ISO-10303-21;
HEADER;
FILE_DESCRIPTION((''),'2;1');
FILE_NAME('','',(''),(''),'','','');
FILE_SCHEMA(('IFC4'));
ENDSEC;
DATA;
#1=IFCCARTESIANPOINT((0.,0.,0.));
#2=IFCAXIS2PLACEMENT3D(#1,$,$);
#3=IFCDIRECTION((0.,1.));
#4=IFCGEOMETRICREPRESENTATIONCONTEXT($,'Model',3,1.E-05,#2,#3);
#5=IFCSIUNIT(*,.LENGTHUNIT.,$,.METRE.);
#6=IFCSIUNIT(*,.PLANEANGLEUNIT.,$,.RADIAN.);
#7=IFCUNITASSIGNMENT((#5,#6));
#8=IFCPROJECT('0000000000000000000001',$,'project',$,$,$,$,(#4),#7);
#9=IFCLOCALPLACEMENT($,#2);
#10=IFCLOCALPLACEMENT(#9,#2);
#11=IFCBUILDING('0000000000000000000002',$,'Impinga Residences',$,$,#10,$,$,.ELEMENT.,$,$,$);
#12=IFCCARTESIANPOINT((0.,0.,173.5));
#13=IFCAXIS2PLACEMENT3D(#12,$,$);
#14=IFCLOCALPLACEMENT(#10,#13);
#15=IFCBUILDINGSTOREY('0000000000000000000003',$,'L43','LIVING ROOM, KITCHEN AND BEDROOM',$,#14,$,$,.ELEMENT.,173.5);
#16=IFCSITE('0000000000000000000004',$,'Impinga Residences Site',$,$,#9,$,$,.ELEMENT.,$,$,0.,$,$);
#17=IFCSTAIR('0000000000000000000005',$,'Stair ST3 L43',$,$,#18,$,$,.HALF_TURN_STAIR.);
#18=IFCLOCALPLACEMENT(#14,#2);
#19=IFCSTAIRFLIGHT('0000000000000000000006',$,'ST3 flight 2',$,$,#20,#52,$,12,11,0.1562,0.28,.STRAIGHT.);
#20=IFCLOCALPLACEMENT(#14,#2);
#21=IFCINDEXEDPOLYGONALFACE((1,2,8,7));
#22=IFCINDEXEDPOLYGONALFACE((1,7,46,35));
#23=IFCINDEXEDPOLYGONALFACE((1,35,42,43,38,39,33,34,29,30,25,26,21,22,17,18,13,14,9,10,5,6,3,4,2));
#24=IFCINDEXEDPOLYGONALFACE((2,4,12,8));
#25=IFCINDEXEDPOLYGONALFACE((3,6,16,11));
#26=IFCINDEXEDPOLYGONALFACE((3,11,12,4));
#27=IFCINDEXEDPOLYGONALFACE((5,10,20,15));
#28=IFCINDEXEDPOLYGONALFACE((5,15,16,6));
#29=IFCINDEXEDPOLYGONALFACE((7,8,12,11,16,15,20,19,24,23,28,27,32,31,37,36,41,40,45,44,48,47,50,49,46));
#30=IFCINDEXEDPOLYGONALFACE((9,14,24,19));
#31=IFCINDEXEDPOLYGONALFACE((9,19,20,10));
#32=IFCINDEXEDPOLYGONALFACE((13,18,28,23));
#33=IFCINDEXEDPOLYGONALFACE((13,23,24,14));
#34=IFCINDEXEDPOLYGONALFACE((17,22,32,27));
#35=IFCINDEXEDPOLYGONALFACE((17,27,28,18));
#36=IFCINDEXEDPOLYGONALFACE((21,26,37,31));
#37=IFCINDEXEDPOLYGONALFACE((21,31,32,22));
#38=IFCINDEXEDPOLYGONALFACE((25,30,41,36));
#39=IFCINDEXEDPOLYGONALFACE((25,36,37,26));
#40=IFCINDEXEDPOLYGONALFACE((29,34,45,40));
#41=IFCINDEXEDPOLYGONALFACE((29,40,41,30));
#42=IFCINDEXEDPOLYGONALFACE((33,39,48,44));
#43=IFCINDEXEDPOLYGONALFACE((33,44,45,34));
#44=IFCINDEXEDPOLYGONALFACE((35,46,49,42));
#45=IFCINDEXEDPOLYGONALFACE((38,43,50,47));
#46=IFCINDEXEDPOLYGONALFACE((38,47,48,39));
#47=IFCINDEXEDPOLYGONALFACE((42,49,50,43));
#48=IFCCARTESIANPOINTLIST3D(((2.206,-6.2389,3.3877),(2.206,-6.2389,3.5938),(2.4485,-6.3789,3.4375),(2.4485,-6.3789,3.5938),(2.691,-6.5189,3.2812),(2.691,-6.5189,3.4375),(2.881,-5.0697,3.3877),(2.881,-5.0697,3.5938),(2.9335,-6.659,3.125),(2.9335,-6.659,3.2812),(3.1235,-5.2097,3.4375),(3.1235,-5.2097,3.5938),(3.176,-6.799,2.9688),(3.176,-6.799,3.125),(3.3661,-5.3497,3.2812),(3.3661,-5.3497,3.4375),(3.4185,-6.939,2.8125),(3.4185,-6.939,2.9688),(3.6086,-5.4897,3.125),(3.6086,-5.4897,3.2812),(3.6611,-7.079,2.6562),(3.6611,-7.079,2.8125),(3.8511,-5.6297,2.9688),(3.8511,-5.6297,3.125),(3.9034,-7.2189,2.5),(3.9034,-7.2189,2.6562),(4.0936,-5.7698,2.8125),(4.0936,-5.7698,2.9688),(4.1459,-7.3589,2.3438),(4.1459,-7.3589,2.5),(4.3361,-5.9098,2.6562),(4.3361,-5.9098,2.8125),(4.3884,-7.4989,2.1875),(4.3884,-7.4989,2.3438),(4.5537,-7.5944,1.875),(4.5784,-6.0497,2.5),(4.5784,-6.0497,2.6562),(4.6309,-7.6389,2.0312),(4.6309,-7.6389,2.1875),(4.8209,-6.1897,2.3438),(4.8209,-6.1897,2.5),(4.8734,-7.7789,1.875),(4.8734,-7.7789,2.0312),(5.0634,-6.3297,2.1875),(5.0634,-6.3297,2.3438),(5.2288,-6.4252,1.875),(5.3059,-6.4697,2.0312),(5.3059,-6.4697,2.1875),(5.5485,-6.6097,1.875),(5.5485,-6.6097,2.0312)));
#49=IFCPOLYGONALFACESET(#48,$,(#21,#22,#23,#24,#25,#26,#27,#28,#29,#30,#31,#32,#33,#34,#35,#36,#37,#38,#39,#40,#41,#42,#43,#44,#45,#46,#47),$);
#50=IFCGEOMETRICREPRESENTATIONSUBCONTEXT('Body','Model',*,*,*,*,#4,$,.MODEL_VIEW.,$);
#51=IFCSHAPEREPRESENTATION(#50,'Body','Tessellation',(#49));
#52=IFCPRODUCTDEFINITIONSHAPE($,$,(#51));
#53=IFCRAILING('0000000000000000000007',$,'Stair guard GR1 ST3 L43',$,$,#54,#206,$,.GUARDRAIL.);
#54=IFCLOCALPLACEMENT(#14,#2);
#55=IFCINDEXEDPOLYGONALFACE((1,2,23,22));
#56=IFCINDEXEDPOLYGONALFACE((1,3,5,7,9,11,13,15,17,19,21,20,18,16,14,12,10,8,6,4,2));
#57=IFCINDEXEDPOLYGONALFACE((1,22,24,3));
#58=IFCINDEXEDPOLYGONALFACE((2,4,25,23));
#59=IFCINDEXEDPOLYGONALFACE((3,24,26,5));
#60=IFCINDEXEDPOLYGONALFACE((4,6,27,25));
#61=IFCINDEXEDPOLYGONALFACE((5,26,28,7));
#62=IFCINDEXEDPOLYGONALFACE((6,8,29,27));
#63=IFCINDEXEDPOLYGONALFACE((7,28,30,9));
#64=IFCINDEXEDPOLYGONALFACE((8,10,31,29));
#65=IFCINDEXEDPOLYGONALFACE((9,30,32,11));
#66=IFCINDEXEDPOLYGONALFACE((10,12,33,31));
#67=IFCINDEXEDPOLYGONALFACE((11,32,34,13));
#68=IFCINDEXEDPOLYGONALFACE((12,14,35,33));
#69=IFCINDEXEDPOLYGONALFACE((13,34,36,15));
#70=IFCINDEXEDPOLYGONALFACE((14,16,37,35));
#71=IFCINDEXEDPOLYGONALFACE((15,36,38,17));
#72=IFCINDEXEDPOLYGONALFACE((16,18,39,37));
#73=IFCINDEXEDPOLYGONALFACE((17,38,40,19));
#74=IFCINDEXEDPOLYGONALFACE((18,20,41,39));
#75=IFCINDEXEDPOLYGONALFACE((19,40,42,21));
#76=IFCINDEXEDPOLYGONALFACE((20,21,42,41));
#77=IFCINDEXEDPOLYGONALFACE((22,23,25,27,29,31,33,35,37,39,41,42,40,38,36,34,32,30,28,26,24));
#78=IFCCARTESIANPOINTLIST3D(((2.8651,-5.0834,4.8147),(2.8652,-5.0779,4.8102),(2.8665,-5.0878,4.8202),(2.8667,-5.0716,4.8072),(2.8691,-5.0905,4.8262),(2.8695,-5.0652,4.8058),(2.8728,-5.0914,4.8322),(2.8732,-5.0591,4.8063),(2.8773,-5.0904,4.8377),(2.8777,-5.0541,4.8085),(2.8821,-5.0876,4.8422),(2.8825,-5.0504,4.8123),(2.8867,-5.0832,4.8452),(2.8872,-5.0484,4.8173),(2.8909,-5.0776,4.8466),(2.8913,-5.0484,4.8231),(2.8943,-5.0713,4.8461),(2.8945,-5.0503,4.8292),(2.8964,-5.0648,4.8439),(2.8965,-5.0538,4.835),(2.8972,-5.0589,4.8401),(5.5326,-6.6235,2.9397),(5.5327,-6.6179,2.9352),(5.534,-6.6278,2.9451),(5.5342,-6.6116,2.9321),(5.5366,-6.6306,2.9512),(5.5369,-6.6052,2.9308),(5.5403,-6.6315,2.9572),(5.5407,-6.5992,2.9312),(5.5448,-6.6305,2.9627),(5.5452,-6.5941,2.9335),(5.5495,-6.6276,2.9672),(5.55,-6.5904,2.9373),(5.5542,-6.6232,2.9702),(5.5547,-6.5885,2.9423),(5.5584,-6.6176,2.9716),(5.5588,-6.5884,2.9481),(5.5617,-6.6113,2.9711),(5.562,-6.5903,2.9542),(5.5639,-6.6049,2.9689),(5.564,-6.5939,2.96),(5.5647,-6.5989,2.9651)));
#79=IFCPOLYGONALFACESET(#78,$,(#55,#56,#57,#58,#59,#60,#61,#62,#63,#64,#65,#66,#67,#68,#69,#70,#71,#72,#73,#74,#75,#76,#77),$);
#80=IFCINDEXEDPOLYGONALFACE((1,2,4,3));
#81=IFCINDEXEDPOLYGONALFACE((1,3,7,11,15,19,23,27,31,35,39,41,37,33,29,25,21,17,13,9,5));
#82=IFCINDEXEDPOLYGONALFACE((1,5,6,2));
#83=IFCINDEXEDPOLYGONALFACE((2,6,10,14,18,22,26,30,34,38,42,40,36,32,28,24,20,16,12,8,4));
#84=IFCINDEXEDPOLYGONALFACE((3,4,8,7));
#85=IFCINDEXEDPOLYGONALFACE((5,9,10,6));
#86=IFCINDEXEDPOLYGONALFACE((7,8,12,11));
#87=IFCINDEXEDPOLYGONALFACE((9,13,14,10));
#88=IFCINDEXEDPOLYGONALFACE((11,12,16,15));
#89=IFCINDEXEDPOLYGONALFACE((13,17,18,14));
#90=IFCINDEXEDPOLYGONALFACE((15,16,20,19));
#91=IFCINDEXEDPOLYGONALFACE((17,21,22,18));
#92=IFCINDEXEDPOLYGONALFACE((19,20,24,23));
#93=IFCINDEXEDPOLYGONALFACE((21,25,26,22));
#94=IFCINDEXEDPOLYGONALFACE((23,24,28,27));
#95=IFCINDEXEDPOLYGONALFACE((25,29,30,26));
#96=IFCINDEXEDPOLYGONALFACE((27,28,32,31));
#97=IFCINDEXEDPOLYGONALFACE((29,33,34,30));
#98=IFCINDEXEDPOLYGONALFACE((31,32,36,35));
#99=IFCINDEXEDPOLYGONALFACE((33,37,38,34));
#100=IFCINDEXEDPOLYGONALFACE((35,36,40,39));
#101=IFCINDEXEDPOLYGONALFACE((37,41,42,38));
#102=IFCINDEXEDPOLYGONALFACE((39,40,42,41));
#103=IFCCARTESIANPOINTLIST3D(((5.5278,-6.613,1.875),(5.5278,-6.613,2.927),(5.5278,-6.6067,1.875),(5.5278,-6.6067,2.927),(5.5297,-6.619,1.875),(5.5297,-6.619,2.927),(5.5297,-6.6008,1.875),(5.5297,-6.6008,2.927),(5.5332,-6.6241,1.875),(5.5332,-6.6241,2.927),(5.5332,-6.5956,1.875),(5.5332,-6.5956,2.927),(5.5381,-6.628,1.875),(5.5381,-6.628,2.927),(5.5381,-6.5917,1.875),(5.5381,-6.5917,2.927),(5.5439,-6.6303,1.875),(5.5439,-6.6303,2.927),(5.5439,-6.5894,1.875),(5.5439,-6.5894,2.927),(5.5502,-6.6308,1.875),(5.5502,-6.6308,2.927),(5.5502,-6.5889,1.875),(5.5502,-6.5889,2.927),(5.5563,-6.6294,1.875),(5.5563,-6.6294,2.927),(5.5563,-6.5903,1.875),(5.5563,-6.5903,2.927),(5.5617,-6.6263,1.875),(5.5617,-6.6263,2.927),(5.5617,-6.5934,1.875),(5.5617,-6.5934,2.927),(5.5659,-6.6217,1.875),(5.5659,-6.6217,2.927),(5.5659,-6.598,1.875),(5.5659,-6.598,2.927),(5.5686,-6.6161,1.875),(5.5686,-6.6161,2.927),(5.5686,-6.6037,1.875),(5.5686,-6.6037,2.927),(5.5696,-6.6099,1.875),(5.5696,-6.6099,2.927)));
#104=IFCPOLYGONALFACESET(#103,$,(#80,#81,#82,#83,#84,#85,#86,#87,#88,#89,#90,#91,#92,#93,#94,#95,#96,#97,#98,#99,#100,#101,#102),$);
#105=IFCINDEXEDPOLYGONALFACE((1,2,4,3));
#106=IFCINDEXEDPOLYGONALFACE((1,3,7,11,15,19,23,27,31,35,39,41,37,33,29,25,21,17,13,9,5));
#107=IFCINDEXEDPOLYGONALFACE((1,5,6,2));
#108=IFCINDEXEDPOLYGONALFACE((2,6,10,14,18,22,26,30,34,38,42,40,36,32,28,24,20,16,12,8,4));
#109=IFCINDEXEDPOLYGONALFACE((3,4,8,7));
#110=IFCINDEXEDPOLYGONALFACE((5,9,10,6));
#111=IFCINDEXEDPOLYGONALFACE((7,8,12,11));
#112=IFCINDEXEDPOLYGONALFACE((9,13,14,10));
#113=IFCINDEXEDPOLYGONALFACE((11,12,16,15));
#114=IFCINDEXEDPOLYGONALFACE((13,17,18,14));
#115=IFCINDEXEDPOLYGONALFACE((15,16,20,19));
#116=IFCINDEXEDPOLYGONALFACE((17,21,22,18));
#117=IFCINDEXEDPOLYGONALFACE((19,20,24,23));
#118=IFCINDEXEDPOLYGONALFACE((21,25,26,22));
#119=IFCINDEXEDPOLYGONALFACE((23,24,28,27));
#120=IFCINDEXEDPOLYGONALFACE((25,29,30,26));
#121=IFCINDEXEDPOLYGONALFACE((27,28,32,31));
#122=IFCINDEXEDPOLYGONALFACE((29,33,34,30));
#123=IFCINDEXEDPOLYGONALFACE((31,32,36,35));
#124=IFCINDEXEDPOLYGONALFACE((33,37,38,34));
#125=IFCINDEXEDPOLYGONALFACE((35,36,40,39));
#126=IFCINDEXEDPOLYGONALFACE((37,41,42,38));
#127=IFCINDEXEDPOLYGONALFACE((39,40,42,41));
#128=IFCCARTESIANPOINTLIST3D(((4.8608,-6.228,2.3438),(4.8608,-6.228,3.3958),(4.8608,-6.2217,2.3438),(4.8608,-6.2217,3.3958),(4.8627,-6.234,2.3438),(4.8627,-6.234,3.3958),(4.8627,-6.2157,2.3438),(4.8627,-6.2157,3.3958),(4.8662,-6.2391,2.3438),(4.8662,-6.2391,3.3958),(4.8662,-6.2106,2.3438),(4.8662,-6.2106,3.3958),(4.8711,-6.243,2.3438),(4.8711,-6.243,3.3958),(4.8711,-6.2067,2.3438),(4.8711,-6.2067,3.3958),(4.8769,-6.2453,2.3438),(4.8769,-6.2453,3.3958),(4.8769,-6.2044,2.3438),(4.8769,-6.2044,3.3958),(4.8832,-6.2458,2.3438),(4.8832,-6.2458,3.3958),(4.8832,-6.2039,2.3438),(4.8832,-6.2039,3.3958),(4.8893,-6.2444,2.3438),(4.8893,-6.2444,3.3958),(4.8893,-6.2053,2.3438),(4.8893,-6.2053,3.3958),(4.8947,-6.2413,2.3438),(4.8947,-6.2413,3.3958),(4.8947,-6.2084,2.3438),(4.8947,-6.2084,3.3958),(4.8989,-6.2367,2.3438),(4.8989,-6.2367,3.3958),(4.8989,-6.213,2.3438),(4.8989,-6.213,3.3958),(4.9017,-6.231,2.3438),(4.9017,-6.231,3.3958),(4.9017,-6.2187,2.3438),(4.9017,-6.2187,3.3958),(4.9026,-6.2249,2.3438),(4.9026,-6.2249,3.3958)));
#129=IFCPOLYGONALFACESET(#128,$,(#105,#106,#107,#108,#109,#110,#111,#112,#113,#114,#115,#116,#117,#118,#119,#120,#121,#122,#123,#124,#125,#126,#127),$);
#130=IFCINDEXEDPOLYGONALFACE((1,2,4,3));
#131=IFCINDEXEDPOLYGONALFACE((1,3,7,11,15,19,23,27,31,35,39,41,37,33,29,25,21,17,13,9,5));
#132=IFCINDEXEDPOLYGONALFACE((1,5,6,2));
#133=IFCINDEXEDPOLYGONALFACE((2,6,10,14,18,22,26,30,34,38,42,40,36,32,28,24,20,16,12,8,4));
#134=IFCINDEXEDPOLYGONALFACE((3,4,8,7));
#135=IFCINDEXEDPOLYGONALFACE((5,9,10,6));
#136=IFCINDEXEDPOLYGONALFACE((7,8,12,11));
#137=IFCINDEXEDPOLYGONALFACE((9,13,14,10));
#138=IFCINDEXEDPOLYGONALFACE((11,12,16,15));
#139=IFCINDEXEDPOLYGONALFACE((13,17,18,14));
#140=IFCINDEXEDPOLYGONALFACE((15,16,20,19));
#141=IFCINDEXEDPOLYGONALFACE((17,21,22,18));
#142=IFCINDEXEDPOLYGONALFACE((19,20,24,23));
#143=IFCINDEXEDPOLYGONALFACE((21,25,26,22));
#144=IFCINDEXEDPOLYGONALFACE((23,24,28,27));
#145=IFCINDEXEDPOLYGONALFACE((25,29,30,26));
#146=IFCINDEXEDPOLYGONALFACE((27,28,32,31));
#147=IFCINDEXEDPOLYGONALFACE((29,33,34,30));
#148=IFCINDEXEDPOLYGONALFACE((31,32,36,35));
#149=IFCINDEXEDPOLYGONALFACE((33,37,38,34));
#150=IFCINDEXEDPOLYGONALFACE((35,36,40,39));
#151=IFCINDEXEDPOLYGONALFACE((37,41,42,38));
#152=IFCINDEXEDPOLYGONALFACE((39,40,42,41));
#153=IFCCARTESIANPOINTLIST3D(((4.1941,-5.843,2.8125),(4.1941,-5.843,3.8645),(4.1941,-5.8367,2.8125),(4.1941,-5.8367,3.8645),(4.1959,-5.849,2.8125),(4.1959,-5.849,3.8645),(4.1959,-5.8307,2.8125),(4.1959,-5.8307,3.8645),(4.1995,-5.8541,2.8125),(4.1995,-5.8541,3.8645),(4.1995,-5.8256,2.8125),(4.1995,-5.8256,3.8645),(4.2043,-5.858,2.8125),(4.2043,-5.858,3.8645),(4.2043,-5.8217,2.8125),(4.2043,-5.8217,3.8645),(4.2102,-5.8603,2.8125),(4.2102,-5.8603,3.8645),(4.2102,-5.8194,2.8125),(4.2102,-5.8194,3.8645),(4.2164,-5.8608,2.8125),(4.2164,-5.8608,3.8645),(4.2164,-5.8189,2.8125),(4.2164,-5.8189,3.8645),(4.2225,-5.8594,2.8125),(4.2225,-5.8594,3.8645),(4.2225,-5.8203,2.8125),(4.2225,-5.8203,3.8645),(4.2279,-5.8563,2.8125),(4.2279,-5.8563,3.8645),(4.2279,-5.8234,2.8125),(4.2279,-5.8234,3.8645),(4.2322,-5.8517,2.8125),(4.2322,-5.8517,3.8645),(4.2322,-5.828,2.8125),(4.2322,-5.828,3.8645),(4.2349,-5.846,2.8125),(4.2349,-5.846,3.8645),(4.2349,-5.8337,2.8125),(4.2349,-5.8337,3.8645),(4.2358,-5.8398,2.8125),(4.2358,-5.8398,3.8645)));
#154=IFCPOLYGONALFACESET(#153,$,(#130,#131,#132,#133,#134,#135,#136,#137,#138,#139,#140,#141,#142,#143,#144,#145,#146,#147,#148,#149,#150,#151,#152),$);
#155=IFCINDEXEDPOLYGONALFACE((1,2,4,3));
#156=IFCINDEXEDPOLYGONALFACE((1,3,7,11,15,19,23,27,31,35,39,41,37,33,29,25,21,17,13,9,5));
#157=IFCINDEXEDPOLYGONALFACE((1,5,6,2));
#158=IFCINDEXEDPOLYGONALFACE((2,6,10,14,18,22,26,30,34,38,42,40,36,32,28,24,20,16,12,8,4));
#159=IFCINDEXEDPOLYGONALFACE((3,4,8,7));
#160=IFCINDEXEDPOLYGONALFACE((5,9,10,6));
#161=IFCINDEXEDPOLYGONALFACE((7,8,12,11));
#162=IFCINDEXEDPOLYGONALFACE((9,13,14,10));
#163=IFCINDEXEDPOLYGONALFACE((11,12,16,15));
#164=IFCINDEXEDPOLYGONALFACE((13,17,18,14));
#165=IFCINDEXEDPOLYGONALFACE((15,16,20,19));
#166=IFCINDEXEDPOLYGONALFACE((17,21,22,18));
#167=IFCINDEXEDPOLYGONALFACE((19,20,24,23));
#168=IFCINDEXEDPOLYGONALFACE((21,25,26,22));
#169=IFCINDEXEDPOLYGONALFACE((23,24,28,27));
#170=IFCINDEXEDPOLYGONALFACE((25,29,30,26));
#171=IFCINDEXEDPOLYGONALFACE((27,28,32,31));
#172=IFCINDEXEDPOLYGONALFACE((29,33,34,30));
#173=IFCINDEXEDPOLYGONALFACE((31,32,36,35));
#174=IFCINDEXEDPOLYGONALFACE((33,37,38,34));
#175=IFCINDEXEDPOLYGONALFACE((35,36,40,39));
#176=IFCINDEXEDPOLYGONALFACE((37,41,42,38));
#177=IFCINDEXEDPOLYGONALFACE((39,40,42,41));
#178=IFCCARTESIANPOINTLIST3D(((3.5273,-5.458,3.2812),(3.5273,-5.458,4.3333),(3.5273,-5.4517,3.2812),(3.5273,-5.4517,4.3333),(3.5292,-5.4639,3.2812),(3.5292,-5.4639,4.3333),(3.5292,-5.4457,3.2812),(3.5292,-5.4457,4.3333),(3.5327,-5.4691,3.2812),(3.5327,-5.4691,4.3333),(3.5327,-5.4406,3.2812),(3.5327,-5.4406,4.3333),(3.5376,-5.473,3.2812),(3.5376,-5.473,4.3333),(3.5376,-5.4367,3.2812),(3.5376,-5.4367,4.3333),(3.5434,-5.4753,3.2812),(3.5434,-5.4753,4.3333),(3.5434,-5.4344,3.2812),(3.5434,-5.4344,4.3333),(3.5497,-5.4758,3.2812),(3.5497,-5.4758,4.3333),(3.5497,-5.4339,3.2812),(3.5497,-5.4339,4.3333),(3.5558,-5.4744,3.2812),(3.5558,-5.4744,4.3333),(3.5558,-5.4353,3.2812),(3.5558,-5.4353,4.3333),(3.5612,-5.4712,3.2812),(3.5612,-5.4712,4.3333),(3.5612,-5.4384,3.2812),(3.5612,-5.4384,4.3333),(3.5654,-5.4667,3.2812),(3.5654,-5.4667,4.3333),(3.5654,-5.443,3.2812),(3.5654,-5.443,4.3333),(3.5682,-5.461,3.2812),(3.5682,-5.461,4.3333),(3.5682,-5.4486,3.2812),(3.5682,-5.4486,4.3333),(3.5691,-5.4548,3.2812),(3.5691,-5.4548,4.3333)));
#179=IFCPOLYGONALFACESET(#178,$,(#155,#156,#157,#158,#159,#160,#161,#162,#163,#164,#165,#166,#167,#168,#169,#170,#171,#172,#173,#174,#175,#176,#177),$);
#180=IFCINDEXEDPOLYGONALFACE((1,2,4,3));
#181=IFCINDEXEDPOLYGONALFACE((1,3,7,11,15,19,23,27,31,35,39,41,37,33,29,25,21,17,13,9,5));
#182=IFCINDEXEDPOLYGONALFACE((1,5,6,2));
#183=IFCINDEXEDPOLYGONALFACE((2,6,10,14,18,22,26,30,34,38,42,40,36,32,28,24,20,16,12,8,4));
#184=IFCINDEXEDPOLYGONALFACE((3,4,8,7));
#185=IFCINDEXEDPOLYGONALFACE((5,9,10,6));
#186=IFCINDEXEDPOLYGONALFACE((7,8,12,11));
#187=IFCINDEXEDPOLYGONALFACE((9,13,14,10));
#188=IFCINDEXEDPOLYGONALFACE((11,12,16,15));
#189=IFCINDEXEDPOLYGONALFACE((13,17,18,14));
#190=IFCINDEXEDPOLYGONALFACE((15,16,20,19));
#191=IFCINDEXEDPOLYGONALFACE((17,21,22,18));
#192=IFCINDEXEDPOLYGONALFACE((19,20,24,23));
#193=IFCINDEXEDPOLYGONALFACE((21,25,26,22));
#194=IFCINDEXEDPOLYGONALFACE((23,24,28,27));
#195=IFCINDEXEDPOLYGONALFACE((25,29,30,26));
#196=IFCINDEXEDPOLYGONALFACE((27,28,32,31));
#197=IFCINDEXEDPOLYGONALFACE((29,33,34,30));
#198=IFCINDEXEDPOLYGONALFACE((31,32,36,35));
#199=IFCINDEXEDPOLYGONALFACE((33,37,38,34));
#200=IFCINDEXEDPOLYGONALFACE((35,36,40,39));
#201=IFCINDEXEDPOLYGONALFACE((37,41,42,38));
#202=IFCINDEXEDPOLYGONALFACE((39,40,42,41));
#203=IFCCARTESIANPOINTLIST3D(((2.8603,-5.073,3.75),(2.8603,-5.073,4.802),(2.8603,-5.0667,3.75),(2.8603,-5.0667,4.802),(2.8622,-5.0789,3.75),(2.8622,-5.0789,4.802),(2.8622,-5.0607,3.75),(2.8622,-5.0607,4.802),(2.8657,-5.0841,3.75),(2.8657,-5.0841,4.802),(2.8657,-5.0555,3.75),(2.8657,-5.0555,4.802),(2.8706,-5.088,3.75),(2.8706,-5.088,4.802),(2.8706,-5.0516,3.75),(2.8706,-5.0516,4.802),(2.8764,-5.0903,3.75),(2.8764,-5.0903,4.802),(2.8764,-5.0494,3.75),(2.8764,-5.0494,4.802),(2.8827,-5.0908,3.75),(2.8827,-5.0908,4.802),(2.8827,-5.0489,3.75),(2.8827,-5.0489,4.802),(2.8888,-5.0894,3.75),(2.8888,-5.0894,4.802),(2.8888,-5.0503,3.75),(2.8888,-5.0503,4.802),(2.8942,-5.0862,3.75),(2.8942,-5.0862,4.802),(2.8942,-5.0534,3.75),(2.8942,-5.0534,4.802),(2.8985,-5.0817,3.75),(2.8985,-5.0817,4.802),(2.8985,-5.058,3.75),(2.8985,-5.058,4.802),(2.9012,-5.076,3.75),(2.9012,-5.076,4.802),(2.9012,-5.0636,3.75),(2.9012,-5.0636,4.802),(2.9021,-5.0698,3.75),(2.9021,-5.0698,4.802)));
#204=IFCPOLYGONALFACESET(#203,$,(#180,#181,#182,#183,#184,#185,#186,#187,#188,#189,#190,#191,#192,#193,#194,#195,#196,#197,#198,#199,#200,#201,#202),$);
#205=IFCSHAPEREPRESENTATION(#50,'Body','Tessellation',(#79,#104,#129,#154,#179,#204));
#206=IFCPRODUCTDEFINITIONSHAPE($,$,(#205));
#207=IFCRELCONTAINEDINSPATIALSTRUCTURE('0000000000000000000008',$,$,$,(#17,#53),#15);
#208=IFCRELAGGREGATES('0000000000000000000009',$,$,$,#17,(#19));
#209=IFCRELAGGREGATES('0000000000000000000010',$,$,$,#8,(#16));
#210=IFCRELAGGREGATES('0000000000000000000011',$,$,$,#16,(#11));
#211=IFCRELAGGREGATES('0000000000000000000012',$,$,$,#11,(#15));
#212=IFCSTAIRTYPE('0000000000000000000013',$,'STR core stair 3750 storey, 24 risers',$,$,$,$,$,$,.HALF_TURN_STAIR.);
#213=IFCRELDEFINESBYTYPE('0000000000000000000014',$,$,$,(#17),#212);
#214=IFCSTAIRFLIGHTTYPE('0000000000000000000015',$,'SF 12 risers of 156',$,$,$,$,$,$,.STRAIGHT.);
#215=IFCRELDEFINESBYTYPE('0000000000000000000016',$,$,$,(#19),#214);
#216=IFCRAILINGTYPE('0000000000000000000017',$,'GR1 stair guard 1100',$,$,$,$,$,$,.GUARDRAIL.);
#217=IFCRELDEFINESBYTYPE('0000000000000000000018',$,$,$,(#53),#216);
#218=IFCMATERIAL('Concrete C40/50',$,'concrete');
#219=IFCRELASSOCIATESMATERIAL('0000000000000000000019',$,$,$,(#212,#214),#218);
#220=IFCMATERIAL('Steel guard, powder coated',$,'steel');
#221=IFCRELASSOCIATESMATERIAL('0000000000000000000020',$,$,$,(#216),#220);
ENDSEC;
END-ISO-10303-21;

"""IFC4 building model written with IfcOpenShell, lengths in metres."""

from ifc_helpers import new_model, si_unit, direction, frame, origin, origin_2d, place, context, subcontext, project, spatial, polyline, circle, outline, extrude, material, type_object, element, aggregate, save


model = new_model("IFC4")

# Units and contexts
model_context = context("Model", 3, precision=1e-05, world=origin(), true_north=direction((0.0, 1.0)))
body_context = subcontext(model_context, "Body", "Model", "MODEL_VIEW")
ifc_project = project(units=[si_unit("LENGTHUNIT", "METRE"), si_unit("PLANEANGLEUNIT", "RADIAN")], contexts=[model_context])

# Site, building, storey
site_placement = place(None, origin())
site = spatial("IfcSite", under=ifc_project, at=site_placement, Name="Impinga Residences Site", CompositionType="ELEMENT", RefElevation=0.0)
building_placement = place(site_placement, origin())
building = spatial("IfcBuilding", under=site, at=building_placement, Name="Impinga Residences", CompositionType="ELEMENT")
storey_placement = place(building_placement, frame((0.0, 0.0, 173.5)))
storey = spatial("IfcBuildingStorey", under=building, at=storey_placement, Name="L43", Description="LIVING ROOM, KITCHEN AND BEDROOM", CompositionType="ELEMENT", Elevation=173.5)

# Stair, stair flight
ifc_material_1 = material(Name="Concrete C40/50", Category="concrete")
stair_type = type_object("IfcStairType", Name="STR core stair 3750 storey, 24 risers", PredefinedType="HALF_TURN_STAIR", material=ifc_material_1)
stair_placement = place(storey_placement, origin())
stair = element("IfcStair", 1, at=stair_placement, inside=storey, type_object=stair_type, Name="Stair ST3 L43", PredefinedType="HALF_TURN_STAIR")
stair_flight_type = type_object("IfcStairFlightType", Name="SF 12 risers of 156", PredefinedType="STRAIGHT", material=ifc_material_1)
stair_flight_placement = place(storey_placement, frame((5.2109, -7.1943, 1.875), z_axis=(0.0, 0.0, 1.0), x_axis=(-0.866025, 0.5, 0.0)))
stair_flight = element("IfcStairFlight", 2, at=stair_flight_placement, type_object=stair_flight_type, Name="ST3 flight 2", NumberOfRisers=12, NumberOfTreads=11, PredefinedType="STRAIGHT", RiserHeight=0.1562, TreadLength=0.28, context=body_context, shape_type="SweptSolid", body=[
    extrude(outline(polyline([(0.0, 0.0), (0.0, 0.1562), (0.28, 0.1562), (0.28, 0.3125), (0.5601, 0.3125), (0.5601, 0.4688), (0.8401, 0.4688), (0.8401, 0.625), (1.1201, 0.625), (1.1201, 0.7812), (1.3999, 0.7812), (1.3999, 0.9375), (1.6799, 0.9375), (1.6799, 1.0938), (1.96, 1.0938), (1.96, 1.25), (2.24, 1.25), (2.24, 1.4062), (2.52, 1.4062), (2.52, 1.5625), (2.8, 1.5625), (2.8, 1.7188), (3.0801, 1.7188), (3.0801, 1.875), (3.0801, 1.5127), (0.3691, 0.0), (0.0, 0.0)])), frame((0.0, 0.675, 0.0), z_axis=(0.0, -1.0, 0.0), x_axis=(1.0, 0.0, 0.0)), (0.0, 0.0, 1.0), 1.3501),
])
aggregate(stair, [stair_flight])

# Railing
ifc_material_2 = material(Name="Steel guard, powder coated", Category="steel")
railing_type_1 = type_object("IfcRailingType", Name="GR1 stair guard 1100", PredefinedType="GUARDRAIL", material=ifc_material_2)
railing_1_placement = place(storey_placement, frame((5.5486, -6.6099, 1.875)))
element("IfcRailing", 3, at=railing_1_placement, inside=storey, type_object=railing_type_1, Name="Stair guard GR1 ST3 L43", PredefinedType="GUARDRAIL", context=body_context, shape_type="SweptSolid", body=[
    extrude(circle(Radius=0.0239, at=origin_2d()), frame((0.0, 0.0, 1.0762), z_axis=(-0.739746, 0.427084, 0.519975), x_axis=(-0.499992, -0.86603, 0.0)), (0.0, 0.0, 1.0), 3.606),
    extrude(circle(Radius=0.021, at=origin_2d()), origin(), (0.0, 0.0, 1.0), 1.052),
    extrude(circle(Radius=0.021, at=origin_2d()), frame((-0.667, 0.385, 0.4688)), (0.0, 0.0, 1.0), 1.052),
    extrude(circle(Radius=0.021, at=origin_2d()), frame((-1.3337, 0.77, 0.9375)), (0.0, 0.0, 1.0), 1.052),
    extrude(circle(Radius=0.021, at=origin_2d()), frame((-2.0005, 1.155, 1.4062)), (0.0, 0.0, 1.0), 1.052),
    extrude(circle(Radius=0.021, at=origin_2d()), frame((-2.6675, 1.54, 1.875)), (0.0, 0.0, 1.0), 1.052),
])

save(model, "model.ifc")
